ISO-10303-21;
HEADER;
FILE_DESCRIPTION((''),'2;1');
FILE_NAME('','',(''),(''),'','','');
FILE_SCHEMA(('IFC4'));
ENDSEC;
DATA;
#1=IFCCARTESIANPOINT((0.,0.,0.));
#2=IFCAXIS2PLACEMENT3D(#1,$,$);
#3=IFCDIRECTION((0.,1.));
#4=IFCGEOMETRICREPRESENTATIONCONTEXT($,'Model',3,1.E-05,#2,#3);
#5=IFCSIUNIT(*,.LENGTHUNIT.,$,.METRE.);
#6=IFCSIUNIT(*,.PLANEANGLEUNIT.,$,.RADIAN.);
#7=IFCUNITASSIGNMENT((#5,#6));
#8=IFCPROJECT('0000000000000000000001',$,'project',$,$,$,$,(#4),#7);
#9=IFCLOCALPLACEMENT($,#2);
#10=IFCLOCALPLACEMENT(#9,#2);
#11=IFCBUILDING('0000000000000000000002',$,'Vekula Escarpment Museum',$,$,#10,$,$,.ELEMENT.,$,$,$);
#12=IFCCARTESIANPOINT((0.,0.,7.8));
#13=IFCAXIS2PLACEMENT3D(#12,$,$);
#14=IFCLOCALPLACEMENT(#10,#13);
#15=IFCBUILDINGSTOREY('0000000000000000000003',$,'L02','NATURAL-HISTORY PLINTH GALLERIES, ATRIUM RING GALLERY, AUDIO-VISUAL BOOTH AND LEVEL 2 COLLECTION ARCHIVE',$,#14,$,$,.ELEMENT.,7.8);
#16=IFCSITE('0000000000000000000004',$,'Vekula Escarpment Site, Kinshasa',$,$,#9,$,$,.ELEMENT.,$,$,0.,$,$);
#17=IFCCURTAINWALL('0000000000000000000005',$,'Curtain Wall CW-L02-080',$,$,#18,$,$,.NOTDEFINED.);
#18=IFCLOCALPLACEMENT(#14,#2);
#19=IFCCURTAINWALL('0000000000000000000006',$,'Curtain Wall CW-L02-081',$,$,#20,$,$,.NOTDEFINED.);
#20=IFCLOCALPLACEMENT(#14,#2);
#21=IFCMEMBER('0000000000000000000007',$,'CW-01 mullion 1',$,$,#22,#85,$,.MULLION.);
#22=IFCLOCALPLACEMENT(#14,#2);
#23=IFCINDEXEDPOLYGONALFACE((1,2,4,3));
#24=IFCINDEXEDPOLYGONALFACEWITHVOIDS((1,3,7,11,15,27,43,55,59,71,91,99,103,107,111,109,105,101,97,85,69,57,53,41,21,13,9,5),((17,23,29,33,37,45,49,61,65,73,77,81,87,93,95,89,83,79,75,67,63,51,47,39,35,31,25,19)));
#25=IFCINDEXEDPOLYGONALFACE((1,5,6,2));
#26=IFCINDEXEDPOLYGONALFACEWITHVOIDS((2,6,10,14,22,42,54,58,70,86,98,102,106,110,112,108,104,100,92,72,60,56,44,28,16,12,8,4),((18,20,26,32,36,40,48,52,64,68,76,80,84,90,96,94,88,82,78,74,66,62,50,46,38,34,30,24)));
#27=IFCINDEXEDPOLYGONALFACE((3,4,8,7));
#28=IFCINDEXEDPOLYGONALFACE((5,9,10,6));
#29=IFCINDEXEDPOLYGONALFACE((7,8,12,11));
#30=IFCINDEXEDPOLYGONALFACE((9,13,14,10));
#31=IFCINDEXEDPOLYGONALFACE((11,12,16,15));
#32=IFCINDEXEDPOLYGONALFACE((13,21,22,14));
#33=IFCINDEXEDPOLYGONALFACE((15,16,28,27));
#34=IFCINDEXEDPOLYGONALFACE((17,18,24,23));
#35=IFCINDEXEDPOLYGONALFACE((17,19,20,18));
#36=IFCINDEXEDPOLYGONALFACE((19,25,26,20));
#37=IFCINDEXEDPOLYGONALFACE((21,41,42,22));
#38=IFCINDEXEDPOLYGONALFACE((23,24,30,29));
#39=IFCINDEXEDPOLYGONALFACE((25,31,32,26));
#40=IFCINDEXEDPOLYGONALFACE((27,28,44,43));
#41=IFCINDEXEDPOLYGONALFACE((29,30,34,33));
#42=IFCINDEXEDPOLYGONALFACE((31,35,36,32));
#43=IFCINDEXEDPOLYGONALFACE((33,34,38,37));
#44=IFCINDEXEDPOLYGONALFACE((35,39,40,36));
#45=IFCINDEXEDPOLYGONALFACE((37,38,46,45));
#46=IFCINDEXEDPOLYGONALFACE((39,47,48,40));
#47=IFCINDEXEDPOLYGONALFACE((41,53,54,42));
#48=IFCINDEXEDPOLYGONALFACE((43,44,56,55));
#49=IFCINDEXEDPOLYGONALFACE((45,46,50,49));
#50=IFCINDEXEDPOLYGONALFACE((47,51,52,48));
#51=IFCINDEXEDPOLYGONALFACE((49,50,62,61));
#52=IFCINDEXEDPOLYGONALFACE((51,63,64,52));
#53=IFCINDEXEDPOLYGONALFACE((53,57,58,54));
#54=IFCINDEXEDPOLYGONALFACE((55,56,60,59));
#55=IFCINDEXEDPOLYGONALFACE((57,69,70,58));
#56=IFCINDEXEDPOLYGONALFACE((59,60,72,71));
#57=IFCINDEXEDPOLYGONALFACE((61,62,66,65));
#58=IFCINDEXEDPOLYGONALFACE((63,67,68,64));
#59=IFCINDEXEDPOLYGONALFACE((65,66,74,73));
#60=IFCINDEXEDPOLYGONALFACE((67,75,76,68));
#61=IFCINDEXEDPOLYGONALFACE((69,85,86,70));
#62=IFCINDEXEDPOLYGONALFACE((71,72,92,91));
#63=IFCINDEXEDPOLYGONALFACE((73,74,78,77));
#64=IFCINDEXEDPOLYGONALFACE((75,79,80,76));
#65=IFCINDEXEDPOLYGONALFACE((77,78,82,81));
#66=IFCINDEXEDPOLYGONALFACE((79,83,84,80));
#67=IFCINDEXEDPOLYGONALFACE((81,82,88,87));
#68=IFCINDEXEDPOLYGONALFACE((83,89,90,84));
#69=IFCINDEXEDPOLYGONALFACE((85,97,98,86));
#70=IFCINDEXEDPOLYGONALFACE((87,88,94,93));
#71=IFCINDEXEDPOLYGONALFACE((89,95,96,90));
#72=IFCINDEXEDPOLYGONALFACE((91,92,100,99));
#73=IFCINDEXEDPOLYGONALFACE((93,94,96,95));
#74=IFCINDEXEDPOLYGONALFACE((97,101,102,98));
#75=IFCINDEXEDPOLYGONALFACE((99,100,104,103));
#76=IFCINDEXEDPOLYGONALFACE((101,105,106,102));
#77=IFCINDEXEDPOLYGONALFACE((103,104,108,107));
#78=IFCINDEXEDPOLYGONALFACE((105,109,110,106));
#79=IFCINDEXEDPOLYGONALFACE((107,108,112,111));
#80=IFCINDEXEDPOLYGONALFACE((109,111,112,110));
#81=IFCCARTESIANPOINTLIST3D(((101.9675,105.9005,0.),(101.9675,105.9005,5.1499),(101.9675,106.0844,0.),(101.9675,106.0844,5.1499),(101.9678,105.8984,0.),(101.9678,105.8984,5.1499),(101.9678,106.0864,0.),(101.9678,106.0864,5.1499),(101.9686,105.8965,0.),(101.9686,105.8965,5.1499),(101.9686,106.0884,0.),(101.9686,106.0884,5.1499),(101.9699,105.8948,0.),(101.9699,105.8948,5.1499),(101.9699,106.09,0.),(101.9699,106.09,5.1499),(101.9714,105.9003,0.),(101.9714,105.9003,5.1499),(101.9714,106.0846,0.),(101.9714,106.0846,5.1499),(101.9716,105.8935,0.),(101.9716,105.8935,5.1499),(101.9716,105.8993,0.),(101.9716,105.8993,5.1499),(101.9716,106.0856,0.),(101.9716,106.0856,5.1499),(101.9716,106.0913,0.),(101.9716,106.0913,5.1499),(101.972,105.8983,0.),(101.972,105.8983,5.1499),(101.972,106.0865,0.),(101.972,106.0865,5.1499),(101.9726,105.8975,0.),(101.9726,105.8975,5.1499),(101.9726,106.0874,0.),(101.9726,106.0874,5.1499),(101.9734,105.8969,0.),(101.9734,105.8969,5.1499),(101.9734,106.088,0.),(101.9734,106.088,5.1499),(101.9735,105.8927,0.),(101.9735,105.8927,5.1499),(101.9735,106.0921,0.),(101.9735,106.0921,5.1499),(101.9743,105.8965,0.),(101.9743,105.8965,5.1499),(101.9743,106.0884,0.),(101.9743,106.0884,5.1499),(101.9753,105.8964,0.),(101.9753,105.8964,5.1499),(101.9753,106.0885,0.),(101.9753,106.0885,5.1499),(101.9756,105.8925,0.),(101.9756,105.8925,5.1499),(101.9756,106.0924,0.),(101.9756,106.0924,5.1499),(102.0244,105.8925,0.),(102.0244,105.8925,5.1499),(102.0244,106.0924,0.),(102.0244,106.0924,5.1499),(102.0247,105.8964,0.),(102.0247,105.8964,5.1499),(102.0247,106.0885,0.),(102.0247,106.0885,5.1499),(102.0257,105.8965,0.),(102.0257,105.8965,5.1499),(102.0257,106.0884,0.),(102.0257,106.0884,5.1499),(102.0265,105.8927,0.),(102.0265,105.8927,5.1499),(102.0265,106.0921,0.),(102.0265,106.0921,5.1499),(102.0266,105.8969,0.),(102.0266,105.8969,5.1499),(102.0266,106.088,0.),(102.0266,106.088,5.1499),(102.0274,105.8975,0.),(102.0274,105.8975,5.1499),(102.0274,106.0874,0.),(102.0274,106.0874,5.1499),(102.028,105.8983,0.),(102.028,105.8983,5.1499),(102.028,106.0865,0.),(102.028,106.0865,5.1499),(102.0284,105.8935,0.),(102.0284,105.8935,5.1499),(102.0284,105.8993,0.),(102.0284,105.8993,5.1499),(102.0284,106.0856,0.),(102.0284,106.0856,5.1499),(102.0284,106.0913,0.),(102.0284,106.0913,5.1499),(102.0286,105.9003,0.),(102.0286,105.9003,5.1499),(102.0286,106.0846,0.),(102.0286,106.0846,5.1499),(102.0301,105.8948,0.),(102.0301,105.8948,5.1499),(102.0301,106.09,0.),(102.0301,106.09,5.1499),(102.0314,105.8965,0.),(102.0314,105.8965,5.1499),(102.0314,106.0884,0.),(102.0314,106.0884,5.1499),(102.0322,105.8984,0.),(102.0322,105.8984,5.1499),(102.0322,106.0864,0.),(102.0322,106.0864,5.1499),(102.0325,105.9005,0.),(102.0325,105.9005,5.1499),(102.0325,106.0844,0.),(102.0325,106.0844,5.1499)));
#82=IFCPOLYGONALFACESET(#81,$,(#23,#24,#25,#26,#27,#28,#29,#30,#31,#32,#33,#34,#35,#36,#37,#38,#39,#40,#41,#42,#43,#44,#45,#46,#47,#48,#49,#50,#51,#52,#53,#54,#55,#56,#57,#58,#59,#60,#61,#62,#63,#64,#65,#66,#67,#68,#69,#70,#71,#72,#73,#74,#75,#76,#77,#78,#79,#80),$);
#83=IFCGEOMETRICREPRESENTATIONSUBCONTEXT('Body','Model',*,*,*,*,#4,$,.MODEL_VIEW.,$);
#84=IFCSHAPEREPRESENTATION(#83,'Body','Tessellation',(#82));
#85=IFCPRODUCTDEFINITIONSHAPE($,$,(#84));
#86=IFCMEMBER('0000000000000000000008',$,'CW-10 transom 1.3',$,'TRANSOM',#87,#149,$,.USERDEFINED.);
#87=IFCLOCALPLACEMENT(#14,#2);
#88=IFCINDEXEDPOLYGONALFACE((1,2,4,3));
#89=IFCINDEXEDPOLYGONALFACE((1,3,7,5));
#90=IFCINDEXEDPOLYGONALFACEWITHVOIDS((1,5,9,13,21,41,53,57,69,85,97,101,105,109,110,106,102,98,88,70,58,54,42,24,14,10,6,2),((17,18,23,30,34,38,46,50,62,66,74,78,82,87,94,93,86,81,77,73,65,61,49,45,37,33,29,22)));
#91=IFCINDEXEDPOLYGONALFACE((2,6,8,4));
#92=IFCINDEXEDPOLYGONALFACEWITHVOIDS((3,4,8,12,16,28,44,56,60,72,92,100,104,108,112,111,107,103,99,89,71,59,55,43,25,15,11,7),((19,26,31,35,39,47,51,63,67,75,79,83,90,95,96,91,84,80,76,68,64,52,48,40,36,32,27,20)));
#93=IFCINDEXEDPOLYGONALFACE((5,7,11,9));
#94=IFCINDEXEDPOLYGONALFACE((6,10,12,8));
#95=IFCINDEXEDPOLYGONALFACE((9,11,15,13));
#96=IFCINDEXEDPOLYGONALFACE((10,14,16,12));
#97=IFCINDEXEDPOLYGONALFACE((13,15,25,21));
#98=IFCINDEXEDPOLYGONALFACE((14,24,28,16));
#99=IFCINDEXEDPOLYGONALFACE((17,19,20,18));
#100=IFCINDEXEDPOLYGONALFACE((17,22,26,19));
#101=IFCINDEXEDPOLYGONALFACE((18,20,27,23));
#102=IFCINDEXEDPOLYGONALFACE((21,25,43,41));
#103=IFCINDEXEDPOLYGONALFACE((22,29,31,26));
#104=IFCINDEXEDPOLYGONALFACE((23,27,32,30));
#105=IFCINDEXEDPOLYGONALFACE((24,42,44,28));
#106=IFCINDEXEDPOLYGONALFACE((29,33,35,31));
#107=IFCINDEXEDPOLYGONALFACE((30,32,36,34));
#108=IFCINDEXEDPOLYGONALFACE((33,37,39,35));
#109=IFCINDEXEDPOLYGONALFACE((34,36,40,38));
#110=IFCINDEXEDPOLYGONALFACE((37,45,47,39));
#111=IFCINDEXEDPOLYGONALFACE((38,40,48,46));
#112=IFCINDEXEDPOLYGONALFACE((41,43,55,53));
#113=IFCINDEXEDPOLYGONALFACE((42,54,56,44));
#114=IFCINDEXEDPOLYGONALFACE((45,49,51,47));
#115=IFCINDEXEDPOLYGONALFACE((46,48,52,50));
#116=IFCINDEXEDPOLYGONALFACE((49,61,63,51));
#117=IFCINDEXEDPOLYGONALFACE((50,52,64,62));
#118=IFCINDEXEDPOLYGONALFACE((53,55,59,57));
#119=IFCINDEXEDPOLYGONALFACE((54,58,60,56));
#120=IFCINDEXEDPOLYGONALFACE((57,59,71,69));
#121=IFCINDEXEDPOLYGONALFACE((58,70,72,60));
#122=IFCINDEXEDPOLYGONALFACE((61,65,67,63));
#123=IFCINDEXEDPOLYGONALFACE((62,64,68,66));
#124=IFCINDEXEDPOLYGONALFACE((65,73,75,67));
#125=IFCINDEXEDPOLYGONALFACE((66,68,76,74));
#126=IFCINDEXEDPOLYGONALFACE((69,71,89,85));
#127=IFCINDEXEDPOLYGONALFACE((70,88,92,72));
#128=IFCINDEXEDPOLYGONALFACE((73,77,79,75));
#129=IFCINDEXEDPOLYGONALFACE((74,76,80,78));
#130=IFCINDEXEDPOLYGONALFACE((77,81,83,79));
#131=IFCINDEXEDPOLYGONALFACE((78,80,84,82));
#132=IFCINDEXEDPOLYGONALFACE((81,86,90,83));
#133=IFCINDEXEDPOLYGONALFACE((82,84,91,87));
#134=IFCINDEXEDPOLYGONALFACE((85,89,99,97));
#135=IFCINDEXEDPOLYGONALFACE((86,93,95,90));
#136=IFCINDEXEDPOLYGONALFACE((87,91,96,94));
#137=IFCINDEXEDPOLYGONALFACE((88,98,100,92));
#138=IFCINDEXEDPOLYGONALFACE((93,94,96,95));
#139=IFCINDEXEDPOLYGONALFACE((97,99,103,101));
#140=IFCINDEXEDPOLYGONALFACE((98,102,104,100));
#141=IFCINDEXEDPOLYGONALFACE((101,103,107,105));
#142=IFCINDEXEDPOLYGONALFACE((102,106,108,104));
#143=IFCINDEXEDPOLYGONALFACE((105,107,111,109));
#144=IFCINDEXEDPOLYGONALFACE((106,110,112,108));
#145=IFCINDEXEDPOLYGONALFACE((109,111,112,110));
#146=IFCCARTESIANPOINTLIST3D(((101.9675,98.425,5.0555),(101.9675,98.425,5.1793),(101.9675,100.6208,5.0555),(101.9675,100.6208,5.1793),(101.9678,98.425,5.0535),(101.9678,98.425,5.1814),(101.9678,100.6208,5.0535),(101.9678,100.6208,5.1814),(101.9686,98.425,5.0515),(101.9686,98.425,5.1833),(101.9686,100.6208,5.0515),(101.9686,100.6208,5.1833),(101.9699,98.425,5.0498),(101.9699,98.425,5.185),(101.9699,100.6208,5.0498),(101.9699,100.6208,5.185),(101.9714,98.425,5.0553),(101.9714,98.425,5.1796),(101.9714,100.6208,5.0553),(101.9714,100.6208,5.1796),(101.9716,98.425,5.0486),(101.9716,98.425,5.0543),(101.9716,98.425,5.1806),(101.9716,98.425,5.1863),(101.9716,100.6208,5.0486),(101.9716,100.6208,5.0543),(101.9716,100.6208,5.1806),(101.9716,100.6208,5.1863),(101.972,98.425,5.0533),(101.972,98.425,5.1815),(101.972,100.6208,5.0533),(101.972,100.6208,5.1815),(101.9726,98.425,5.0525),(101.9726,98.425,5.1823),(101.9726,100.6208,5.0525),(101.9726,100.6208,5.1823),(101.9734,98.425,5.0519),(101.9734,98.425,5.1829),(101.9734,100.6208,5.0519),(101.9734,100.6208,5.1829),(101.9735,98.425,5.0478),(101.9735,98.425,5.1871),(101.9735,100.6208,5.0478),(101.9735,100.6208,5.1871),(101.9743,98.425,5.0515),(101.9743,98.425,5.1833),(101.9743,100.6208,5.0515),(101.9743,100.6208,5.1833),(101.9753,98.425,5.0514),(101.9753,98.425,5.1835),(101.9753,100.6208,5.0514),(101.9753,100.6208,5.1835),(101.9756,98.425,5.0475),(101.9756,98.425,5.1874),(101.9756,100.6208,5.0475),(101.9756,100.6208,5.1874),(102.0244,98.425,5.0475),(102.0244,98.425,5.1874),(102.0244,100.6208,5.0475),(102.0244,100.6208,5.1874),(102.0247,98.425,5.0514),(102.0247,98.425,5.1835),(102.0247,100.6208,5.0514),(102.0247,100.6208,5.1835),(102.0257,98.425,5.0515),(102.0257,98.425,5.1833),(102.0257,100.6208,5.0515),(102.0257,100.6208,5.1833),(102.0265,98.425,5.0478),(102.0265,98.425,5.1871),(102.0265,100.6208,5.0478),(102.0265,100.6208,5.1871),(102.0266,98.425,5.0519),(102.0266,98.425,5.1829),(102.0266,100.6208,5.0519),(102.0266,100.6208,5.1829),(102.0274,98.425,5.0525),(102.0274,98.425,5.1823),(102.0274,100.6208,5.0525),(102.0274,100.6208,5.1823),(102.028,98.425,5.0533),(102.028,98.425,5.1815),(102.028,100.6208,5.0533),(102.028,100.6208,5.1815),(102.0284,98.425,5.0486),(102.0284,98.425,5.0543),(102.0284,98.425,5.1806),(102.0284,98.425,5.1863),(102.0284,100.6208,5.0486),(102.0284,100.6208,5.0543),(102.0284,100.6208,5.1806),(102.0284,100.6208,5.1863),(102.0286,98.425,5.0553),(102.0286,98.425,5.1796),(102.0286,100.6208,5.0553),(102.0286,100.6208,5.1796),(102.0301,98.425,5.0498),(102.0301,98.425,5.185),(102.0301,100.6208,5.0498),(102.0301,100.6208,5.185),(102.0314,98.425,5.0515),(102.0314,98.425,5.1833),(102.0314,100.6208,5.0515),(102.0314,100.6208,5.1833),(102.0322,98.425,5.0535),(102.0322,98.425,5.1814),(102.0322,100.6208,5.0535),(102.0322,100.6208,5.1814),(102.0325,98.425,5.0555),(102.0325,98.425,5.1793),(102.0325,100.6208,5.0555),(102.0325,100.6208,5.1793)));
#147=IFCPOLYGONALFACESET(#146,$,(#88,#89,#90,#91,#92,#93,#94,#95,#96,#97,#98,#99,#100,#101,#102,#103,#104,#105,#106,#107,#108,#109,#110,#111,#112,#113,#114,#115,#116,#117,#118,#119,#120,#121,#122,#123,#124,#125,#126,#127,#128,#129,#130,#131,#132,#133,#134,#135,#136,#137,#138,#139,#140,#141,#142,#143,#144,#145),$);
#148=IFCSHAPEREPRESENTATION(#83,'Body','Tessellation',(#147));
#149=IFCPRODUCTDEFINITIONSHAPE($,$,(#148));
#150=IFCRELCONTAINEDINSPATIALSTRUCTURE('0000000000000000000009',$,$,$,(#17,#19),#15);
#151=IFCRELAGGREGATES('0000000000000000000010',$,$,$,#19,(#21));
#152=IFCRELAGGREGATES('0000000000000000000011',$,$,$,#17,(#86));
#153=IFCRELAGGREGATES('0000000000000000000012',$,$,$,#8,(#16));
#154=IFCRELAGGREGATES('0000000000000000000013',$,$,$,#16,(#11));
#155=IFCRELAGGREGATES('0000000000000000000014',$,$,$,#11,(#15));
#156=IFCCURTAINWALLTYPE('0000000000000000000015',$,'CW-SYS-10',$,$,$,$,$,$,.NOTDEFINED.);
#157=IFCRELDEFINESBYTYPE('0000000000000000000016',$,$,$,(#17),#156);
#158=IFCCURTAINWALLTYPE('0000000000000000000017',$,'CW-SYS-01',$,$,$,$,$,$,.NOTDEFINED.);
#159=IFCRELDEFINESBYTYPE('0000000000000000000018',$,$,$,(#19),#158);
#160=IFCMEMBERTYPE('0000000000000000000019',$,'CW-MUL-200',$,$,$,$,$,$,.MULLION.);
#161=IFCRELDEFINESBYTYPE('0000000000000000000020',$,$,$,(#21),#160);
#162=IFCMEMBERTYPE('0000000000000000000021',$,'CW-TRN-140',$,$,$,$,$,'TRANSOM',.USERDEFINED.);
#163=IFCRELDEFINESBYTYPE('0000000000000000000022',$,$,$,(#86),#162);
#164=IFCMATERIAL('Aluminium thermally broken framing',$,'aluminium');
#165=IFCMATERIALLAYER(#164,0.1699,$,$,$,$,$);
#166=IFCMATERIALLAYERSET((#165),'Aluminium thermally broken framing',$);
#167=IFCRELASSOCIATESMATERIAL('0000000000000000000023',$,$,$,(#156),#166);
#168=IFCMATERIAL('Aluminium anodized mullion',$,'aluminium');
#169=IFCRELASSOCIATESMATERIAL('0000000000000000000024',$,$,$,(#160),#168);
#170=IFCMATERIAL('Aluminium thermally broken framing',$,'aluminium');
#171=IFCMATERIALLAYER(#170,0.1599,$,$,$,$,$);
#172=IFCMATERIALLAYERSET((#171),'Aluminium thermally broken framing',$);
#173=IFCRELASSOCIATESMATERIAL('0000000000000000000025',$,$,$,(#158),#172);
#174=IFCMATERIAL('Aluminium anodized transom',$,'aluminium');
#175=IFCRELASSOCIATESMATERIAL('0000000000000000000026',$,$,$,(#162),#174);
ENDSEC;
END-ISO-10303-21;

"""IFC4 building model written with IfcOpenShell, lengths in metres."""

from ifc_helpers import new_model, si_unit, direction, frame, origin, origin_2d, place, context, subcontext, project, spatial, hollow_rectangle, extrude, material, layer, layer_set, material_profile, profile_set, type_object, element, aggregate, save


model = new_model("IFC4")

# Units and contexts
model_context = context("Model", 3, precision=1e-05, world=origin(), true_north=direction((0.0, 1.0)))
body_context = subcontext(model_context, "Body", "Model", "MODEL_VIEW")
ifc_project = project(units=[si_unit("LENGTHUNIT", "METRE"), si_unit("PLANEANGLEUNIT", "RADIAN")], contexts=[model_context])

# Site, building, storey
site_placement = place(None, origin())
site = spatial("IfcSite", under=ifc_project, at=site_placement, Name="Vekula Escarpment Site, Kinshasa", CompositionType="ELEMENT", RefElevation=0.0)
building_placement = place(site_placement, origin())
building = spatial("IfcBuilding", under=site, at=building_placement, Name="Vekula Escarpment Museum", CompositionType="ELEMENT")
storey_placement = place(building_placement, frame((0.0, 0.0, 7.8)))
storey = spatial("IfcBuildingStorey", under=building, at=storey_placement, Name="L02", Description="NATURAL-HISTORY PLINTH GALLERIES, ATRIUM RING GALLERY, AUDIO-VISUAL BOOTH AND LEVEL 2 COLLECTION ARCHIVE", CompositionType="ELEMENT", Elevation=7.8)

# Curtain wall
ifc_material_1 = material(Name="Aluminium thermally broken framing", Category="aluminium")
ifc_layer_1 = layer(ifc_material_1, 0.1699)
ifc_layer_set_1 = layer_set([ifc_layer_1], Name="Aluminium thermally broken framing")
curtain_wall_type_1 = type_object("IfcCurtainWallType", Name="CW-SYS-10", PredefinedType="NOTDEFINED", material=ifc_layer_set_1)
curtain_wall_1_placement = place(storey_placement, origin())
curtain_wall_1 = element("IfcCurtainWall", 1, at=curtain_wall_1_placement, inside=storey, type_object=curtain_wall_type_1, Name="Curtain Wall CW-L02-080", PredefinedType="NOTDEFINED")
ifc_material_2 = material(Name="Aluminium anodized mullion", Category="aluminium")
ifc_material_profile_1 = material_profile(ifc_material_2, hollow_rectangle(XDim=0.0649, YDim=0.2, WallThickness=0.0039, InnerFilletRadius=0.0039, OuterFilletRadius=0.0081, at=origin_2d()), Name="ALU 200x65x4")
ifc_profile_set_1 = profile_set([ifc_material_profile_1], Name="Aluminium anodized mullion")
member_type_1 = type_object("IfcMemberType", Name="CW-MUL-200", PredefinedType="MULLION", material=ifc_profile_set_1)

# Curtain wall, member
ifc_material_3 = material(Name="Aluminium thermally broken framing", Category="aluminium")
ifc_layer_2 = layer(ifc_material_3, 0.1599)
ifc_layer_set_2 = layer_set([ifc_layer_2], Name="Aluminium thermally broken framing")
curtain_wall_type_2 = type_object("IfcCurtainWallType", Name="CW-SYS-01", PredefinedType="NOTDEFINED", material=ifc_layer_set_2)
curtain_wall_2_placement = place(storey_placement, origin())
curtain_wall_2 = element("IfcCurtainWall", 2, at=curtain_wall_2_placement, inside=storey, type_object=curtain_wall_type_2, Name="Curtain Wall CW-L02-081", PredefinedType="NOTDEFINED")
member_1_placement = place(storey_placement, frame((102.0, 105.9924, 0.0), z_axis=(0.0, 0.0, 1.0), x_axis=(-1.0, 0.0, 0.0)))
member_1 = element("IfcMember", 3, at=member_1_placement, type_object=member_type_1, Name="CW-01 mullion 1", PredefinedType="MULLION", context=body_context, shape_type="SweptSolid", body=[
    extrude(hollow_rectangle(XDim=0.0649, YDim=0.2, WallThickness=0.0039, InnerFilletRadius=0.0039, OuterFilletRadius=0.0081, at=origin_2d()), origin(), (0.0, 0.0, 1.0), 5.1499),
])

# Member
ifc_material_4 = material(Name="Aluminium anodized transom", Category="aluminium")
ifc_material_profile_2 = material_profile(ifc_material_4, hollow_rectangle(XDim=0.0649, YDim=0.1399, WallThickness=0.0039, InnerFilletRadius=0.0039, OuterFilletRadius=0.0081, at=origin_2d()), Name="ALU 140x65x4")
ifc_profile_set_2 = profile_set([ifc_material_profile_2], Name="Aluminium anodized transom")
member_type_2 = type_object("IfcMemberType", Name="CW-TRN-140", ElementType="TRANSOM", PredefinedType="USERDEFINED", material=ifc_profile_set_2)
member_2_placement = place(storey_placement, frame((102.0, 98.425, 5.1174), z_axis=(0.0, 1.0, 0.0), x_axis=(-1.0, 0.0, 0.0)))
member_2 = element("IfcMember", 4, at=member_2_placement, type_object=member_type_2, Name="CW-10 transom 1.3", ObjectType="TRANSOM", PredefinedType="USERDEFINED", context=body_context, shape_type="SweptSolid", body=[
    extrude(hollow_rectangle(XDim=0.0649, YDim=0.1399, WallThickness=0.0039, InnerFilletRadius=0.0039, OuterFilletRadius=0.0081, at=origin_2d()), origin(), (0.0, 0.0, 1.0), 2.1958),
])
aggregate(curtain_wall_2, [member_1])

aggregate(curtain_wall_1, [member_2])

save(model, "model.ifc")
